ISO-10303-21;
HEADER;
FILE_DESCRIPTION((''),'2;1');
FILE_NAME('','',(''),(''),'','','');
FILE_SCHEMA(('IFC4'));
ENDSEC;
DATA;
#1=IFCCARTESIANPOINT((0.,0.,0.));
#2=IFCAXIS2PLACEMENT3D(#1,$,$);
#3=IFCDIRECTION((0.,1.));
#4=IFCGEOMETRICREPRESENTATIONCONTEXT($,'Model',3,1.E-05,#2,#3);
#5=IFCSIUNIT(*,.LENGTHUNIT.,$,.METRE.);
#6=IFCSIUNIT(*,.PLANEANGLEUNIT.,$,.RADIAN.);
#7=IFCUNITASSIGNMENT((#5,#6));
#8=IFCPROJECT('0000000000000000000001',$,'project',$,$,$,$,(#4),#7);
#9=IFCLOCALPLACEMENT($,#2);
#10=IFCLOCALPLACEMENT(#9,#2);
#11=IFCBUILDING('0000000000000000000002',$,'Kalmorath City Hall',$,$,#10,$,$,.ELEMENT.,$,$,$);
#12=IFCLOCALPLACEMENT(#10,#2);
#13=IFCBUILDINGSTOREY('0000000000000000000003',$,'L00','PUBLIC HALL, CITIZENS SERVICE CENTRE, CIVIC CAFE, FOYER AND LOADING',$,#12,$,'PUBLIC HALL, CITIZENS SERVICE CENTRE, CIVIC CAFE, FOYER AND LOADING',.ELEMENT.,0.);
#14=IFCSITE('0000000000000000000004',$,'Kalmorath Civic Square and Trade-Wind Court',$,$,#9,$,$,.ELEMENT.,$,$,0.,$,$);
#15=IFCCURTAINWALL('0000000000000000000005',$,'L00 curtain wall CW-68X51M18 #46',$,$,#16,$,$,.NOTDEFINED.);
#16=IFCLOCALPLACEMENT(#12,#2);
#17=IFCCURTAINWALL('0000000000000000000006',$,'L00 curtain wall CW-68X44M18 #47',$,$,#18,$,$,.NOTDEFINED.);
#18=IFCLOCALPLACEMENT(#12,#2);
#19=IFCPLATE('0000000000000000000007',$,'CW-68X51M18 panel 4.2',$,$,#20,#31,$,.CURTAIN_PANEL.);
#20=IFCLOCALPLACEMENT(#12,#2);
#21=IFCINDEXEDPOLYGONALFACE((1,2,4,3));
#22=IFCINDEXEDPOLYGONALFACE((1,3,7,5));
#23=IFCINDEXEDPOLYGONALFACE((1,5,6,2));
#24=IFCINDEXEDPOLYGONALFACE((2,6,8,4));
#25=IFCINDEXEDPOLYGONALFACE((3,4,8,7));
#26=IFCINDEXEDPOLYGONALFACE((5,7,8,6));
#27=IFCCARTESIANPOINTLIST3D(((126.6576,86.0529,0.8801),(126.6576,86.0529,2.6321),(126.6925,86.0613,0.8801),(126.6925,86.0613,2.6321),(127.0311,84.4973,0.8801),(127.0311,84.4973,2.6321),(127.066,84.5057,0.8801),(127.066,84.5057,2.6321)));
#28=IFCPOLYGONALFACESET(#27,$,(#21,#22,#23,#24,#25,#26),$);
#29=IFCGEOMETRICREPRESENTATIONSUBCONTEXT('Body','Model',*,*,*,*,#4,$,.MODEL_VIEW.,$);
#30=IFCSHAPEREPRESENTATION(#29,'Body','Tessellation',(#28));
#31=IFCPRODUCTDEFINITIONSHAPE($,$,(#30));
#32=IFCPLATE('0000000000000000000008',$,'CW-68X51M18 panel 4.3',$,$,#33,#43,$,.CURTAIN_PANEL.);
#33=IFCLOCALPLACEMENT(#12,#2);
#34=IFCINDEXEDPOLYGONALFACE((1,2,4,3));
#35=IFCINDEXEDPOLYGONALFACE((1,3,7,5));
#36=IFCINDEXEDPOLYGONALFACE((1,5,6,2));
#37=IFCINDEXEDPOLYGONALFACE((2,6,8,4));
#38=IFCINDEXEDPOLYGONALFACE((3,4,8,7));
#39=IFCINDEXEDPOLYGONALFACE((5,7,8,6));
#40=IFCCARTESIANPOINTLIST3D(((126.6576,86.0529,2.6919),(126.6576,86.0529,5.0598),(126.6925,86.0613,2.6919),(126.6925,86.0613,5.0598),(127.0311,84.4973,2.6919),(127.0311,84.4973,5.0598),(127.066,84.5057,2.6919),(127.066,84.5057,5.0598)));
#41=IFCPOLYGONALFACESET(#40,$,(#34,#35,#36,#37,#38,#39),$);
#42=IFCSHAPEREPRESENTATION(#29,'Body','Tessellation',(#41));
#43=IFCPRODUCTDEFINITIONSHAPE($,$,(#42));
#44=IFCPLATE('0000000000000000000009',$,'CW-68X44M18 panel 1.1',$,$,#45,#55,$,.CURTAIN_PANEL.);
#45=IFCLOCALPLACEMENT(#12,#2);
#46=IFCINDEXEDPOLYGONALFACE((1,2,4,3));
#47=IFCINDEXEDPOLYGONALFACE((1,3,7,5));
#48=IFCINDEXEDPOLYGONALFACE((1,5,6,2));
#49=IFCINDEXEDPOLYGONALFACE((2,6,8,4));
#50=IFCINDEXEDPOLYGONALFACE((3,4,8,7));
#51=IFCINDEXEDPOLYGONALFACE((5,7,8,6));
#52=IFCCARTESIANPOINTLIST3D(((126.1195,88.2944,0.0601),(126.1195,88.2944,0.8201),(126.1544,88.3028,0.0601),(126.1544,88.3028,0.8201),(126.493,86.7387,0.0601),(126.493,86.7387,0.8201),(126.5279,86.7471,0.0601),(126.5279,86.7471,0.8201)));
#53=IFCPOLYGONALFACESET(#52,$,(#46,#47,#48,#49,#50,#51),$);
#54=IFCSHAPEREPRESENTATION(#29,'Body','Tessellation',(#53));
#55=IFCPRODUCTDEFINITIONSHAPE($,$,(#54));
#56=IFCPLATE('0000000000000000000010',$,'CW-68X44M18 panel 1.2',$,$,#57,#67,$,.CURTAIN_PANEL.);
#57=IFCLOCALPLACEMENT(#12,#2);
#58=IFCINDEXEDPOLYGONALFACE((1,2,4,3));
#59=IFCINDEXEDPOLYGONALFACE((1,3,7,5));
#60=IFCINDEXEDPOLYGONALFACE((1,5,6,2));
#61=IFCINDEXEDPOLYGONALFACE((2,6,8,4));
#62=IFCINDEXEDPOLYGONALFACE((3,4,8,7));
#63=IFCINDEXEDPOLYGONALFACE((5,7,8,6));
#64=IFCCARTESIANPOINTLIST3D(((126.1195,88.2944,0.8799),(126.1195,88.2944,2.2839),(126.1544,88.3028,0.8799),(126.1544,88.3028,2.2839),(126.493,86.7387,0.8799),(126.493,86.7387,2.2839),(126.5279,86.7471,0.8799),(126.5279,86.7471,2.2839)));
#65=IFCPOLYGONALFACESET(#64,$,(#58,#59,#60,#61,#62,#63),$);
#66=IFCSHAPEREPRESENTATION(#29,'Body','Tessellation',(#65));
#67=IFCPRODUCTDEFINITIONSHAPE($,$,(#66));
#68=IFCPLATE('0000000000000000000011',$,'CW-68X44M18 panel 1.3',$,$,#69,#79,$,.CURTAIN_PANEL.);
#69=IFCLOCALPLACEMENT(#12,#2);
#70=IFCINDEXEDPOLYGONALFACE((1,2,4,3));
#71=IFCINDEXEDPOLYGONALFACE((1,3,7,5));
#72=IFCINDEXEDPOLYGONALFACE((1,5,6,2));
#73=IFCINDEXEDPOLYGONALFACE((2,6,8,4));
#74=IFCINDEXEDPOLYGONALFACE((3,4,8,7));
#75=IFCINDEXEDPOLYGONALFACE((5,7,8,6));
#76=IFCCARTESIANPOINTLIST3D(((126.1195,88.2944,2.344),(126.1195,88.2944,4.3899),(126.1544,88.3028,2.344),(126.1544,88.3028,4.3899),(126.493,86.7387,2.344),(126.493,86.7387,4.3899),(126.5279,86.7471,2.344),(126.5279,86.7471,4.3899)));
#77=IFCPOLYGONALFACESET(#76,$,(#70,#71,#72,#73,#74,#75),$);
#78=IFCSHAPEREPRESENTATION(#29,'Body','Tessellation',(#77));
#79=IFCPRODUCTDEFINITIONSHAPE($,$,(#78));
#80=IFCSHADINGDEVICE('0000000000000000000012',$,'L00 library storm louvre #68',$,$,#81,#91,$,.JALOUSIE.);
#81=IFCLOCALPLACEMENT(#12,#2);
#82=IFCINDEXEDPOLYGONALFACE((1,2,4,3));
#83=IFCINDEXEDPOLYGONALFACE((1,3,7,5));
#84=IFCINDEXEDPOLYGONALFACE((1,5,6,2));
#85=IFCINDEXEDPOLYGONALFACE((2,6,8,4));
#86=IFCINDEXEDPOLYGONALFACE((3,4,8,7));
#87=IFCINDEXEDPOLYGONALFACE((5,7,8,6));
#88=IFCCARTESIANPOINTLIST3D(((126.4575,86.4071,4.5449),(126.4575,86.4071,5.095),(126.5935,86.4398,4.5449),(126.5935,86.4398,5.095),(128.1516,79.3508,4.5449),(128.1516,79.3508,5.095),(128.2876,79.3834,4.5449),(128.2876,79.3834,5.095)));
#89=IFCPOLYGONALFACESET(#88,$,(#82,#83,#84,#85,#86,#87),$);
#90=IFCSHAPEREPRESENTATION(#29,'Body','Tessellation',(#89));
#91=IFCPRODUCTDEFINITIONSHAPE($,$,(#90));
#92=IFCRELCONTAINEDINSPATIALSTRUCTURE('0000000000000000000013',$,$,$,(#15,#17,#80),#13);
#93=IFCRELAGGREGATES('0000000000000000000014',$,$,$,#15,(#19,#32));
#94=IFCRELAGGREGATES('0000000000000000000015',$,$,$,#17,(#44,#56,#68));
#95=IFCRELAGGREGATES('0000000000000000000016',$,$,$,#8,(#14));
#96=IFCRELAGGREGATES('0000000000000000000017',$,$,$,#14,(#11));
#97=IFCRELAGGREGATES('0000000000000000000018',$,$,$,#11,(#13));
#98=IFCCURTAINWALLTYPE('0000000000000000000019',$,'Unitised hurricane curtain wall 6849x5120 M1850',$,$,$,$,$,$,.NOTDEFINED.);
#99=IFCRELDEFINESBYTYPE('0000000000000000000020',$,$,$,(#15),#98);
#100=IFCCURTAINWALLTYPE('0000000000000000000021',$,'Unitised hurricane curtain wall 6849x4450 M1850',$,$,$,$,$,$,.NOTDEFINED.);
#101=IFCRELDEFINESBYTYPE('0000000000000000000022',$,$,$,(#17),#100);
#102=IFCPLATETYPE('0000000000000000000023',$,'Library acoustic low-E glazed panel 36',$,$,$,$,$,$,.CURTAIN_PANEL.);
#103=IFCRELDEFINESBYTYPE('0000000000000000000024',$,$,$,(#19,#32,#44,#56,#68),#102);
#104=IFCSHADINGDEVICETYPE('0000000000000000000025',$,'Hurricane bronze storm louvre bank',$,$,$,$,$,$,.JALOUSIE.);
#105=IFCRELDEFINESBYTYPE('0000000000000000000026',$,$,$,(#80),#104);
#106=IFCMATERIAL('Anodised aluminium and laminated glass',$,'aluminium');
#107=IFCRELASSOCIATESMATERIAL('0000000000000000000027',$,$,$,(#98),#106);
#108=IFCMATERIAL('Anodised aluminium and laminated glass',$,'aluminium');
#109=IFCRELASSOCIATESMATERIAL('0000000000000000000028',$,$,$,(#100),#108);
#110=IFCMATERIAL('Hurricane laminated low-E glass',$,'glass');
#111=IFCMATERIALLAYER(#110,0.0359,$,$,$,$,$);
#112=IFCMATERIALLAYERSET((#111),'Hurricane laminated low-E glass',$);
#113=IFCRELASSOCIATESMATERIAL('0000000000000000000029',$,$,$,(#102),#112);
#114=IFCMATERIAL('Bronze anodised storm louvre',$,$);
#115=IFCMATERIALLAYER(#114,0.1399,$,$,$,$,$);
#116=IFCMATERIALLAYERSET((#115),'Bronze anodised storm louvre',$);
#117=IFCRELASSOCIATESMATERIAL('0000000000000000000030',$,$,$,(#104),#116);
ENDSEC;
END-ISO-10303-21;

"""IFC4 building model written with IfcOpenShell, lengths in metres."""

from ifc_helpers import new_model, si_unit, direction, frame, origin, origin_2d, place, context, subcontext, project, spatial, rectangle, extrude, material, layer, layer_set, type_object, element, aggregate, save


model = new_model("IFC4")

# Units and contexts
model_context = context("Model", 3, precision=1e-05, world=origin(), true_north=direction((0.0, 1.0)))
body_context = subcontext(model_context, "Body", "Model", "MODEL_VIEW")
ifc_project = project(units=[si_unit("LENGTHUNIT", "METRE"), si_unit("PLANEANGLEUNIT", "RADIAN")], contexts=[model_context])

# Site, building, storey
site_placement = place(None, origin())
site = spatial("IfcSite", under=ifc_project, at=site_placement, Name="Kalmorath Civic Square and Trade-Wind Court", CompositionType="ELEMENT", RefElevation=0.0)
building_placement = place(site_placement, origin())
building = spatial("IfcBuilding", under=site, at=building_placement, Name="Kalmorath City Hall", CompositionType="ELEMENT")
storey_placement = place(building_placement, origin())
storey = spatial("IfcBuildingStorey", under=building, at=storey_placement, Name="L00", Description="PUBLIC HALL, CITIZENS SERVICE CENTRE, CIVIC CAFE, FOYER AND LOADING", LongName="PUBLIC HALL, CITIZENS SERVICE CENTRE, CIVIC CAFE, FOYER AND LOADING", CompositionType="ELEMENT", Elevation=0.0)

# Curtain walls
ifc_material_1 = material(Name="Anodised aluminium and laminated glass", Category="aluminium")
curtain_wall_type_1 = type_object("IfcCurtainWallType", Name="Unitised hurricane curtain wall 6849x5120 M1850", PredefinedType="NOTDEFINED", material=ifc_material_1)
curtain_wall_1_placement = place(storey_placement, origin())
curtain_wall_1 = element("IfcCurtainWall", 1, at=curtain_wall_1_placement, inside=storey, type_object=curtain_wall_type_1, Name="L00 curtain wall CW-68X51M18 #46", PredefinedType="NOTDEFINED")
ifc_material_2 = material(Name="Anodised aluminium and laminated glass", Category="aluminium")
curtain_wall_type_2 = type_object("IfcCurtainWallType", Name="Unitised hurricane curtain wall 6849x4450 M1850", PredefinedType="NOTDEFINED", material=ifc_material_2)
curtain_wall_2_placement = place(storey_placement, origin())
curtain_wall_2 = element("IfcCurtainWall", 2, at=curtain_wall_2_placement, inside=storey, type_object=curtain_wall_type_2, Name="L00 curtain wall CW-68X44M18 #47", PredefinedType="NOTDEFINED")

# Plates
ifc_material_3 = material(Name="Hurricane laminated low-E glass", Category="glass")
ifc_layer_1 = layer(ifc_material_3, 0.0359)
ifc_layer_set_1 = layer_set([ifc_layer_1], Name="Hurricane laminated low-E glass")
plate_type = type_object("IfcPlateType", Name="Library acoustic low-E glazed panel 36", PredefinedType="CURTAIN_PANEL", material=ifc_layer_set_1)
plate_1_placement = place(storey_placement, frame((126.8618, 85.2793, 0.8801), z_axis=(0.0, 0.0, 1.0), x_axis=(-0.233456, 0.972367, 0.0)))
plate_1 = element("IfcPlate", 3, at=plate_1_placement, type_object=plate_type, Name="CW-68X51M18 panel 4.2", PredefinedType="CURTAIN_PANEL", context=body_context, shape_type="SweptSolid", body=[
    extrude(rectangle(XDim=1.5999, YDim=0.0359, at=origin_2d()), origin(), (0.0, 0.0, 1.0), 1.752),
])
plate_2_placement = place(storey_placement, frame((126.8618, 85.2793, 2.6919), z_axis=(0.0, 0.0, 1.0), x_axis=(-0.233456, 0.972367, 0.0)))
plate_2 = element("IfcPlate", 4, at=plate_2_placement, type_object=plate_type, Name="CW-68X51M18 panel 4.3", PredefinedType="CURTAIN_PANEL", context=body_context, shape_type="SweptSolid", body=[
    extrude(rectangle(XDim=1.5999, YDim=0.0359, at=origin_2d()), origin(), (0.0, 0.0, 1.0), 2.3679),
])
aggregate(curtain_wall_1, [plate_1, plate_2])
plate_3_placement = place(storey_placement, frame((126.3237, 87.5208, 0.0601), z_axis=(0.0, 0.0, 1.0), x_axis=(-0.233456, 0.972367, 0.0)))
plate_3 = element("IfcPlate", 5, at=plate_3_placement, type_object=plate_type, Name="CW-68X44M18 panel 1.1", PredefinedType="CURTAIN_PANEL", context=body_context, shape_type="SweptSolid", body=[
    extrude(rectangle(XDim=1.5999, YDim=0.0359, at=origin_2d()), origin(), (0.0, 0.0, 1.0), 0.76),
])
plate_4_placement = place(storey_placement, frame((126.3237, 87.5208, 0.8799), z_axis=(0.0, 0.0, 1.0), x_axis=(-0.233456, 0.972367, 0.0)))
plate_4 = element("IfcPlate", 6, at=plate_4_placement, type_object=plate_type, Name="CW-68X44M18 panel 1.2", PredefinedType="CURTAIN_PANEL", context=body_context, shape_type="SweptSolid", body=[
    extrude(rectangle(XDim=1.5999, YDim=0.0359, at=origin_2d()), origin(), (0.0, 0.0, 1.0), 1.4041),
])
plate_5_placement = place(storey_placement, frame((126.3237, 87.5208, 2.344), z_axis=(0.0, 0.0, 1.0), x_axis=(-0.233456, 0.972367, 0.0)))
plate_5 = element("IfcPlate", 7, at=plate_5_placement, type_object=plate_type, Name="CW-68X44M18 panel 1.3", PredefinedType="CURTAIN_PANEL", context=body_context, shape_type="SweptSolid", body=[
    extrude(rectangle(XDim=1.5999, YDim=0.0359, at=origin_2d()), origin(), (0.0, 0.0, 1.0), 2.0459),
])
aggregate(curtain_wall_2, [plate_3, plate_4, plate_5])

# Shading device
ifc_material_4 = material(Name="Bronze anodised storm louvre")
ifc_layer_2 = layer(ifc_material_4, 0.1399)
ifc_layer_set_2 = layer_set([ifc_layer_2], Name="Bronze anodised storm louvre")
shading_device_type = type_object("IfcShadingDeviceType", Name="Hurricane bronze storm louvre bank", PredefinedType="JALOUSIE", material=ifc_layer_set_2)
shading_device_placement = place(storey_placement, frame((127.3726, 82.8953, 4.5449), z_axis=(0.0, 0.0, 1.0), x_axis=(-0.233445, 0.97237, 0.0)))
element("IfcShadingDevice", 8, at=shading_device_placement, inside=storey, type_object=shading_device_type, Name="L00 library storm louvre #68", PredefinedType="JALOUSIE", context=body_context, shape_type="SweptSolid", body=[
    extrude(rectangle(XDim=7.2568, YDim=0.1399, at=origin_2d()), origin(), (0.0, 0.0, 1.0), 0.55),
])

save(model, "model.ifc")
